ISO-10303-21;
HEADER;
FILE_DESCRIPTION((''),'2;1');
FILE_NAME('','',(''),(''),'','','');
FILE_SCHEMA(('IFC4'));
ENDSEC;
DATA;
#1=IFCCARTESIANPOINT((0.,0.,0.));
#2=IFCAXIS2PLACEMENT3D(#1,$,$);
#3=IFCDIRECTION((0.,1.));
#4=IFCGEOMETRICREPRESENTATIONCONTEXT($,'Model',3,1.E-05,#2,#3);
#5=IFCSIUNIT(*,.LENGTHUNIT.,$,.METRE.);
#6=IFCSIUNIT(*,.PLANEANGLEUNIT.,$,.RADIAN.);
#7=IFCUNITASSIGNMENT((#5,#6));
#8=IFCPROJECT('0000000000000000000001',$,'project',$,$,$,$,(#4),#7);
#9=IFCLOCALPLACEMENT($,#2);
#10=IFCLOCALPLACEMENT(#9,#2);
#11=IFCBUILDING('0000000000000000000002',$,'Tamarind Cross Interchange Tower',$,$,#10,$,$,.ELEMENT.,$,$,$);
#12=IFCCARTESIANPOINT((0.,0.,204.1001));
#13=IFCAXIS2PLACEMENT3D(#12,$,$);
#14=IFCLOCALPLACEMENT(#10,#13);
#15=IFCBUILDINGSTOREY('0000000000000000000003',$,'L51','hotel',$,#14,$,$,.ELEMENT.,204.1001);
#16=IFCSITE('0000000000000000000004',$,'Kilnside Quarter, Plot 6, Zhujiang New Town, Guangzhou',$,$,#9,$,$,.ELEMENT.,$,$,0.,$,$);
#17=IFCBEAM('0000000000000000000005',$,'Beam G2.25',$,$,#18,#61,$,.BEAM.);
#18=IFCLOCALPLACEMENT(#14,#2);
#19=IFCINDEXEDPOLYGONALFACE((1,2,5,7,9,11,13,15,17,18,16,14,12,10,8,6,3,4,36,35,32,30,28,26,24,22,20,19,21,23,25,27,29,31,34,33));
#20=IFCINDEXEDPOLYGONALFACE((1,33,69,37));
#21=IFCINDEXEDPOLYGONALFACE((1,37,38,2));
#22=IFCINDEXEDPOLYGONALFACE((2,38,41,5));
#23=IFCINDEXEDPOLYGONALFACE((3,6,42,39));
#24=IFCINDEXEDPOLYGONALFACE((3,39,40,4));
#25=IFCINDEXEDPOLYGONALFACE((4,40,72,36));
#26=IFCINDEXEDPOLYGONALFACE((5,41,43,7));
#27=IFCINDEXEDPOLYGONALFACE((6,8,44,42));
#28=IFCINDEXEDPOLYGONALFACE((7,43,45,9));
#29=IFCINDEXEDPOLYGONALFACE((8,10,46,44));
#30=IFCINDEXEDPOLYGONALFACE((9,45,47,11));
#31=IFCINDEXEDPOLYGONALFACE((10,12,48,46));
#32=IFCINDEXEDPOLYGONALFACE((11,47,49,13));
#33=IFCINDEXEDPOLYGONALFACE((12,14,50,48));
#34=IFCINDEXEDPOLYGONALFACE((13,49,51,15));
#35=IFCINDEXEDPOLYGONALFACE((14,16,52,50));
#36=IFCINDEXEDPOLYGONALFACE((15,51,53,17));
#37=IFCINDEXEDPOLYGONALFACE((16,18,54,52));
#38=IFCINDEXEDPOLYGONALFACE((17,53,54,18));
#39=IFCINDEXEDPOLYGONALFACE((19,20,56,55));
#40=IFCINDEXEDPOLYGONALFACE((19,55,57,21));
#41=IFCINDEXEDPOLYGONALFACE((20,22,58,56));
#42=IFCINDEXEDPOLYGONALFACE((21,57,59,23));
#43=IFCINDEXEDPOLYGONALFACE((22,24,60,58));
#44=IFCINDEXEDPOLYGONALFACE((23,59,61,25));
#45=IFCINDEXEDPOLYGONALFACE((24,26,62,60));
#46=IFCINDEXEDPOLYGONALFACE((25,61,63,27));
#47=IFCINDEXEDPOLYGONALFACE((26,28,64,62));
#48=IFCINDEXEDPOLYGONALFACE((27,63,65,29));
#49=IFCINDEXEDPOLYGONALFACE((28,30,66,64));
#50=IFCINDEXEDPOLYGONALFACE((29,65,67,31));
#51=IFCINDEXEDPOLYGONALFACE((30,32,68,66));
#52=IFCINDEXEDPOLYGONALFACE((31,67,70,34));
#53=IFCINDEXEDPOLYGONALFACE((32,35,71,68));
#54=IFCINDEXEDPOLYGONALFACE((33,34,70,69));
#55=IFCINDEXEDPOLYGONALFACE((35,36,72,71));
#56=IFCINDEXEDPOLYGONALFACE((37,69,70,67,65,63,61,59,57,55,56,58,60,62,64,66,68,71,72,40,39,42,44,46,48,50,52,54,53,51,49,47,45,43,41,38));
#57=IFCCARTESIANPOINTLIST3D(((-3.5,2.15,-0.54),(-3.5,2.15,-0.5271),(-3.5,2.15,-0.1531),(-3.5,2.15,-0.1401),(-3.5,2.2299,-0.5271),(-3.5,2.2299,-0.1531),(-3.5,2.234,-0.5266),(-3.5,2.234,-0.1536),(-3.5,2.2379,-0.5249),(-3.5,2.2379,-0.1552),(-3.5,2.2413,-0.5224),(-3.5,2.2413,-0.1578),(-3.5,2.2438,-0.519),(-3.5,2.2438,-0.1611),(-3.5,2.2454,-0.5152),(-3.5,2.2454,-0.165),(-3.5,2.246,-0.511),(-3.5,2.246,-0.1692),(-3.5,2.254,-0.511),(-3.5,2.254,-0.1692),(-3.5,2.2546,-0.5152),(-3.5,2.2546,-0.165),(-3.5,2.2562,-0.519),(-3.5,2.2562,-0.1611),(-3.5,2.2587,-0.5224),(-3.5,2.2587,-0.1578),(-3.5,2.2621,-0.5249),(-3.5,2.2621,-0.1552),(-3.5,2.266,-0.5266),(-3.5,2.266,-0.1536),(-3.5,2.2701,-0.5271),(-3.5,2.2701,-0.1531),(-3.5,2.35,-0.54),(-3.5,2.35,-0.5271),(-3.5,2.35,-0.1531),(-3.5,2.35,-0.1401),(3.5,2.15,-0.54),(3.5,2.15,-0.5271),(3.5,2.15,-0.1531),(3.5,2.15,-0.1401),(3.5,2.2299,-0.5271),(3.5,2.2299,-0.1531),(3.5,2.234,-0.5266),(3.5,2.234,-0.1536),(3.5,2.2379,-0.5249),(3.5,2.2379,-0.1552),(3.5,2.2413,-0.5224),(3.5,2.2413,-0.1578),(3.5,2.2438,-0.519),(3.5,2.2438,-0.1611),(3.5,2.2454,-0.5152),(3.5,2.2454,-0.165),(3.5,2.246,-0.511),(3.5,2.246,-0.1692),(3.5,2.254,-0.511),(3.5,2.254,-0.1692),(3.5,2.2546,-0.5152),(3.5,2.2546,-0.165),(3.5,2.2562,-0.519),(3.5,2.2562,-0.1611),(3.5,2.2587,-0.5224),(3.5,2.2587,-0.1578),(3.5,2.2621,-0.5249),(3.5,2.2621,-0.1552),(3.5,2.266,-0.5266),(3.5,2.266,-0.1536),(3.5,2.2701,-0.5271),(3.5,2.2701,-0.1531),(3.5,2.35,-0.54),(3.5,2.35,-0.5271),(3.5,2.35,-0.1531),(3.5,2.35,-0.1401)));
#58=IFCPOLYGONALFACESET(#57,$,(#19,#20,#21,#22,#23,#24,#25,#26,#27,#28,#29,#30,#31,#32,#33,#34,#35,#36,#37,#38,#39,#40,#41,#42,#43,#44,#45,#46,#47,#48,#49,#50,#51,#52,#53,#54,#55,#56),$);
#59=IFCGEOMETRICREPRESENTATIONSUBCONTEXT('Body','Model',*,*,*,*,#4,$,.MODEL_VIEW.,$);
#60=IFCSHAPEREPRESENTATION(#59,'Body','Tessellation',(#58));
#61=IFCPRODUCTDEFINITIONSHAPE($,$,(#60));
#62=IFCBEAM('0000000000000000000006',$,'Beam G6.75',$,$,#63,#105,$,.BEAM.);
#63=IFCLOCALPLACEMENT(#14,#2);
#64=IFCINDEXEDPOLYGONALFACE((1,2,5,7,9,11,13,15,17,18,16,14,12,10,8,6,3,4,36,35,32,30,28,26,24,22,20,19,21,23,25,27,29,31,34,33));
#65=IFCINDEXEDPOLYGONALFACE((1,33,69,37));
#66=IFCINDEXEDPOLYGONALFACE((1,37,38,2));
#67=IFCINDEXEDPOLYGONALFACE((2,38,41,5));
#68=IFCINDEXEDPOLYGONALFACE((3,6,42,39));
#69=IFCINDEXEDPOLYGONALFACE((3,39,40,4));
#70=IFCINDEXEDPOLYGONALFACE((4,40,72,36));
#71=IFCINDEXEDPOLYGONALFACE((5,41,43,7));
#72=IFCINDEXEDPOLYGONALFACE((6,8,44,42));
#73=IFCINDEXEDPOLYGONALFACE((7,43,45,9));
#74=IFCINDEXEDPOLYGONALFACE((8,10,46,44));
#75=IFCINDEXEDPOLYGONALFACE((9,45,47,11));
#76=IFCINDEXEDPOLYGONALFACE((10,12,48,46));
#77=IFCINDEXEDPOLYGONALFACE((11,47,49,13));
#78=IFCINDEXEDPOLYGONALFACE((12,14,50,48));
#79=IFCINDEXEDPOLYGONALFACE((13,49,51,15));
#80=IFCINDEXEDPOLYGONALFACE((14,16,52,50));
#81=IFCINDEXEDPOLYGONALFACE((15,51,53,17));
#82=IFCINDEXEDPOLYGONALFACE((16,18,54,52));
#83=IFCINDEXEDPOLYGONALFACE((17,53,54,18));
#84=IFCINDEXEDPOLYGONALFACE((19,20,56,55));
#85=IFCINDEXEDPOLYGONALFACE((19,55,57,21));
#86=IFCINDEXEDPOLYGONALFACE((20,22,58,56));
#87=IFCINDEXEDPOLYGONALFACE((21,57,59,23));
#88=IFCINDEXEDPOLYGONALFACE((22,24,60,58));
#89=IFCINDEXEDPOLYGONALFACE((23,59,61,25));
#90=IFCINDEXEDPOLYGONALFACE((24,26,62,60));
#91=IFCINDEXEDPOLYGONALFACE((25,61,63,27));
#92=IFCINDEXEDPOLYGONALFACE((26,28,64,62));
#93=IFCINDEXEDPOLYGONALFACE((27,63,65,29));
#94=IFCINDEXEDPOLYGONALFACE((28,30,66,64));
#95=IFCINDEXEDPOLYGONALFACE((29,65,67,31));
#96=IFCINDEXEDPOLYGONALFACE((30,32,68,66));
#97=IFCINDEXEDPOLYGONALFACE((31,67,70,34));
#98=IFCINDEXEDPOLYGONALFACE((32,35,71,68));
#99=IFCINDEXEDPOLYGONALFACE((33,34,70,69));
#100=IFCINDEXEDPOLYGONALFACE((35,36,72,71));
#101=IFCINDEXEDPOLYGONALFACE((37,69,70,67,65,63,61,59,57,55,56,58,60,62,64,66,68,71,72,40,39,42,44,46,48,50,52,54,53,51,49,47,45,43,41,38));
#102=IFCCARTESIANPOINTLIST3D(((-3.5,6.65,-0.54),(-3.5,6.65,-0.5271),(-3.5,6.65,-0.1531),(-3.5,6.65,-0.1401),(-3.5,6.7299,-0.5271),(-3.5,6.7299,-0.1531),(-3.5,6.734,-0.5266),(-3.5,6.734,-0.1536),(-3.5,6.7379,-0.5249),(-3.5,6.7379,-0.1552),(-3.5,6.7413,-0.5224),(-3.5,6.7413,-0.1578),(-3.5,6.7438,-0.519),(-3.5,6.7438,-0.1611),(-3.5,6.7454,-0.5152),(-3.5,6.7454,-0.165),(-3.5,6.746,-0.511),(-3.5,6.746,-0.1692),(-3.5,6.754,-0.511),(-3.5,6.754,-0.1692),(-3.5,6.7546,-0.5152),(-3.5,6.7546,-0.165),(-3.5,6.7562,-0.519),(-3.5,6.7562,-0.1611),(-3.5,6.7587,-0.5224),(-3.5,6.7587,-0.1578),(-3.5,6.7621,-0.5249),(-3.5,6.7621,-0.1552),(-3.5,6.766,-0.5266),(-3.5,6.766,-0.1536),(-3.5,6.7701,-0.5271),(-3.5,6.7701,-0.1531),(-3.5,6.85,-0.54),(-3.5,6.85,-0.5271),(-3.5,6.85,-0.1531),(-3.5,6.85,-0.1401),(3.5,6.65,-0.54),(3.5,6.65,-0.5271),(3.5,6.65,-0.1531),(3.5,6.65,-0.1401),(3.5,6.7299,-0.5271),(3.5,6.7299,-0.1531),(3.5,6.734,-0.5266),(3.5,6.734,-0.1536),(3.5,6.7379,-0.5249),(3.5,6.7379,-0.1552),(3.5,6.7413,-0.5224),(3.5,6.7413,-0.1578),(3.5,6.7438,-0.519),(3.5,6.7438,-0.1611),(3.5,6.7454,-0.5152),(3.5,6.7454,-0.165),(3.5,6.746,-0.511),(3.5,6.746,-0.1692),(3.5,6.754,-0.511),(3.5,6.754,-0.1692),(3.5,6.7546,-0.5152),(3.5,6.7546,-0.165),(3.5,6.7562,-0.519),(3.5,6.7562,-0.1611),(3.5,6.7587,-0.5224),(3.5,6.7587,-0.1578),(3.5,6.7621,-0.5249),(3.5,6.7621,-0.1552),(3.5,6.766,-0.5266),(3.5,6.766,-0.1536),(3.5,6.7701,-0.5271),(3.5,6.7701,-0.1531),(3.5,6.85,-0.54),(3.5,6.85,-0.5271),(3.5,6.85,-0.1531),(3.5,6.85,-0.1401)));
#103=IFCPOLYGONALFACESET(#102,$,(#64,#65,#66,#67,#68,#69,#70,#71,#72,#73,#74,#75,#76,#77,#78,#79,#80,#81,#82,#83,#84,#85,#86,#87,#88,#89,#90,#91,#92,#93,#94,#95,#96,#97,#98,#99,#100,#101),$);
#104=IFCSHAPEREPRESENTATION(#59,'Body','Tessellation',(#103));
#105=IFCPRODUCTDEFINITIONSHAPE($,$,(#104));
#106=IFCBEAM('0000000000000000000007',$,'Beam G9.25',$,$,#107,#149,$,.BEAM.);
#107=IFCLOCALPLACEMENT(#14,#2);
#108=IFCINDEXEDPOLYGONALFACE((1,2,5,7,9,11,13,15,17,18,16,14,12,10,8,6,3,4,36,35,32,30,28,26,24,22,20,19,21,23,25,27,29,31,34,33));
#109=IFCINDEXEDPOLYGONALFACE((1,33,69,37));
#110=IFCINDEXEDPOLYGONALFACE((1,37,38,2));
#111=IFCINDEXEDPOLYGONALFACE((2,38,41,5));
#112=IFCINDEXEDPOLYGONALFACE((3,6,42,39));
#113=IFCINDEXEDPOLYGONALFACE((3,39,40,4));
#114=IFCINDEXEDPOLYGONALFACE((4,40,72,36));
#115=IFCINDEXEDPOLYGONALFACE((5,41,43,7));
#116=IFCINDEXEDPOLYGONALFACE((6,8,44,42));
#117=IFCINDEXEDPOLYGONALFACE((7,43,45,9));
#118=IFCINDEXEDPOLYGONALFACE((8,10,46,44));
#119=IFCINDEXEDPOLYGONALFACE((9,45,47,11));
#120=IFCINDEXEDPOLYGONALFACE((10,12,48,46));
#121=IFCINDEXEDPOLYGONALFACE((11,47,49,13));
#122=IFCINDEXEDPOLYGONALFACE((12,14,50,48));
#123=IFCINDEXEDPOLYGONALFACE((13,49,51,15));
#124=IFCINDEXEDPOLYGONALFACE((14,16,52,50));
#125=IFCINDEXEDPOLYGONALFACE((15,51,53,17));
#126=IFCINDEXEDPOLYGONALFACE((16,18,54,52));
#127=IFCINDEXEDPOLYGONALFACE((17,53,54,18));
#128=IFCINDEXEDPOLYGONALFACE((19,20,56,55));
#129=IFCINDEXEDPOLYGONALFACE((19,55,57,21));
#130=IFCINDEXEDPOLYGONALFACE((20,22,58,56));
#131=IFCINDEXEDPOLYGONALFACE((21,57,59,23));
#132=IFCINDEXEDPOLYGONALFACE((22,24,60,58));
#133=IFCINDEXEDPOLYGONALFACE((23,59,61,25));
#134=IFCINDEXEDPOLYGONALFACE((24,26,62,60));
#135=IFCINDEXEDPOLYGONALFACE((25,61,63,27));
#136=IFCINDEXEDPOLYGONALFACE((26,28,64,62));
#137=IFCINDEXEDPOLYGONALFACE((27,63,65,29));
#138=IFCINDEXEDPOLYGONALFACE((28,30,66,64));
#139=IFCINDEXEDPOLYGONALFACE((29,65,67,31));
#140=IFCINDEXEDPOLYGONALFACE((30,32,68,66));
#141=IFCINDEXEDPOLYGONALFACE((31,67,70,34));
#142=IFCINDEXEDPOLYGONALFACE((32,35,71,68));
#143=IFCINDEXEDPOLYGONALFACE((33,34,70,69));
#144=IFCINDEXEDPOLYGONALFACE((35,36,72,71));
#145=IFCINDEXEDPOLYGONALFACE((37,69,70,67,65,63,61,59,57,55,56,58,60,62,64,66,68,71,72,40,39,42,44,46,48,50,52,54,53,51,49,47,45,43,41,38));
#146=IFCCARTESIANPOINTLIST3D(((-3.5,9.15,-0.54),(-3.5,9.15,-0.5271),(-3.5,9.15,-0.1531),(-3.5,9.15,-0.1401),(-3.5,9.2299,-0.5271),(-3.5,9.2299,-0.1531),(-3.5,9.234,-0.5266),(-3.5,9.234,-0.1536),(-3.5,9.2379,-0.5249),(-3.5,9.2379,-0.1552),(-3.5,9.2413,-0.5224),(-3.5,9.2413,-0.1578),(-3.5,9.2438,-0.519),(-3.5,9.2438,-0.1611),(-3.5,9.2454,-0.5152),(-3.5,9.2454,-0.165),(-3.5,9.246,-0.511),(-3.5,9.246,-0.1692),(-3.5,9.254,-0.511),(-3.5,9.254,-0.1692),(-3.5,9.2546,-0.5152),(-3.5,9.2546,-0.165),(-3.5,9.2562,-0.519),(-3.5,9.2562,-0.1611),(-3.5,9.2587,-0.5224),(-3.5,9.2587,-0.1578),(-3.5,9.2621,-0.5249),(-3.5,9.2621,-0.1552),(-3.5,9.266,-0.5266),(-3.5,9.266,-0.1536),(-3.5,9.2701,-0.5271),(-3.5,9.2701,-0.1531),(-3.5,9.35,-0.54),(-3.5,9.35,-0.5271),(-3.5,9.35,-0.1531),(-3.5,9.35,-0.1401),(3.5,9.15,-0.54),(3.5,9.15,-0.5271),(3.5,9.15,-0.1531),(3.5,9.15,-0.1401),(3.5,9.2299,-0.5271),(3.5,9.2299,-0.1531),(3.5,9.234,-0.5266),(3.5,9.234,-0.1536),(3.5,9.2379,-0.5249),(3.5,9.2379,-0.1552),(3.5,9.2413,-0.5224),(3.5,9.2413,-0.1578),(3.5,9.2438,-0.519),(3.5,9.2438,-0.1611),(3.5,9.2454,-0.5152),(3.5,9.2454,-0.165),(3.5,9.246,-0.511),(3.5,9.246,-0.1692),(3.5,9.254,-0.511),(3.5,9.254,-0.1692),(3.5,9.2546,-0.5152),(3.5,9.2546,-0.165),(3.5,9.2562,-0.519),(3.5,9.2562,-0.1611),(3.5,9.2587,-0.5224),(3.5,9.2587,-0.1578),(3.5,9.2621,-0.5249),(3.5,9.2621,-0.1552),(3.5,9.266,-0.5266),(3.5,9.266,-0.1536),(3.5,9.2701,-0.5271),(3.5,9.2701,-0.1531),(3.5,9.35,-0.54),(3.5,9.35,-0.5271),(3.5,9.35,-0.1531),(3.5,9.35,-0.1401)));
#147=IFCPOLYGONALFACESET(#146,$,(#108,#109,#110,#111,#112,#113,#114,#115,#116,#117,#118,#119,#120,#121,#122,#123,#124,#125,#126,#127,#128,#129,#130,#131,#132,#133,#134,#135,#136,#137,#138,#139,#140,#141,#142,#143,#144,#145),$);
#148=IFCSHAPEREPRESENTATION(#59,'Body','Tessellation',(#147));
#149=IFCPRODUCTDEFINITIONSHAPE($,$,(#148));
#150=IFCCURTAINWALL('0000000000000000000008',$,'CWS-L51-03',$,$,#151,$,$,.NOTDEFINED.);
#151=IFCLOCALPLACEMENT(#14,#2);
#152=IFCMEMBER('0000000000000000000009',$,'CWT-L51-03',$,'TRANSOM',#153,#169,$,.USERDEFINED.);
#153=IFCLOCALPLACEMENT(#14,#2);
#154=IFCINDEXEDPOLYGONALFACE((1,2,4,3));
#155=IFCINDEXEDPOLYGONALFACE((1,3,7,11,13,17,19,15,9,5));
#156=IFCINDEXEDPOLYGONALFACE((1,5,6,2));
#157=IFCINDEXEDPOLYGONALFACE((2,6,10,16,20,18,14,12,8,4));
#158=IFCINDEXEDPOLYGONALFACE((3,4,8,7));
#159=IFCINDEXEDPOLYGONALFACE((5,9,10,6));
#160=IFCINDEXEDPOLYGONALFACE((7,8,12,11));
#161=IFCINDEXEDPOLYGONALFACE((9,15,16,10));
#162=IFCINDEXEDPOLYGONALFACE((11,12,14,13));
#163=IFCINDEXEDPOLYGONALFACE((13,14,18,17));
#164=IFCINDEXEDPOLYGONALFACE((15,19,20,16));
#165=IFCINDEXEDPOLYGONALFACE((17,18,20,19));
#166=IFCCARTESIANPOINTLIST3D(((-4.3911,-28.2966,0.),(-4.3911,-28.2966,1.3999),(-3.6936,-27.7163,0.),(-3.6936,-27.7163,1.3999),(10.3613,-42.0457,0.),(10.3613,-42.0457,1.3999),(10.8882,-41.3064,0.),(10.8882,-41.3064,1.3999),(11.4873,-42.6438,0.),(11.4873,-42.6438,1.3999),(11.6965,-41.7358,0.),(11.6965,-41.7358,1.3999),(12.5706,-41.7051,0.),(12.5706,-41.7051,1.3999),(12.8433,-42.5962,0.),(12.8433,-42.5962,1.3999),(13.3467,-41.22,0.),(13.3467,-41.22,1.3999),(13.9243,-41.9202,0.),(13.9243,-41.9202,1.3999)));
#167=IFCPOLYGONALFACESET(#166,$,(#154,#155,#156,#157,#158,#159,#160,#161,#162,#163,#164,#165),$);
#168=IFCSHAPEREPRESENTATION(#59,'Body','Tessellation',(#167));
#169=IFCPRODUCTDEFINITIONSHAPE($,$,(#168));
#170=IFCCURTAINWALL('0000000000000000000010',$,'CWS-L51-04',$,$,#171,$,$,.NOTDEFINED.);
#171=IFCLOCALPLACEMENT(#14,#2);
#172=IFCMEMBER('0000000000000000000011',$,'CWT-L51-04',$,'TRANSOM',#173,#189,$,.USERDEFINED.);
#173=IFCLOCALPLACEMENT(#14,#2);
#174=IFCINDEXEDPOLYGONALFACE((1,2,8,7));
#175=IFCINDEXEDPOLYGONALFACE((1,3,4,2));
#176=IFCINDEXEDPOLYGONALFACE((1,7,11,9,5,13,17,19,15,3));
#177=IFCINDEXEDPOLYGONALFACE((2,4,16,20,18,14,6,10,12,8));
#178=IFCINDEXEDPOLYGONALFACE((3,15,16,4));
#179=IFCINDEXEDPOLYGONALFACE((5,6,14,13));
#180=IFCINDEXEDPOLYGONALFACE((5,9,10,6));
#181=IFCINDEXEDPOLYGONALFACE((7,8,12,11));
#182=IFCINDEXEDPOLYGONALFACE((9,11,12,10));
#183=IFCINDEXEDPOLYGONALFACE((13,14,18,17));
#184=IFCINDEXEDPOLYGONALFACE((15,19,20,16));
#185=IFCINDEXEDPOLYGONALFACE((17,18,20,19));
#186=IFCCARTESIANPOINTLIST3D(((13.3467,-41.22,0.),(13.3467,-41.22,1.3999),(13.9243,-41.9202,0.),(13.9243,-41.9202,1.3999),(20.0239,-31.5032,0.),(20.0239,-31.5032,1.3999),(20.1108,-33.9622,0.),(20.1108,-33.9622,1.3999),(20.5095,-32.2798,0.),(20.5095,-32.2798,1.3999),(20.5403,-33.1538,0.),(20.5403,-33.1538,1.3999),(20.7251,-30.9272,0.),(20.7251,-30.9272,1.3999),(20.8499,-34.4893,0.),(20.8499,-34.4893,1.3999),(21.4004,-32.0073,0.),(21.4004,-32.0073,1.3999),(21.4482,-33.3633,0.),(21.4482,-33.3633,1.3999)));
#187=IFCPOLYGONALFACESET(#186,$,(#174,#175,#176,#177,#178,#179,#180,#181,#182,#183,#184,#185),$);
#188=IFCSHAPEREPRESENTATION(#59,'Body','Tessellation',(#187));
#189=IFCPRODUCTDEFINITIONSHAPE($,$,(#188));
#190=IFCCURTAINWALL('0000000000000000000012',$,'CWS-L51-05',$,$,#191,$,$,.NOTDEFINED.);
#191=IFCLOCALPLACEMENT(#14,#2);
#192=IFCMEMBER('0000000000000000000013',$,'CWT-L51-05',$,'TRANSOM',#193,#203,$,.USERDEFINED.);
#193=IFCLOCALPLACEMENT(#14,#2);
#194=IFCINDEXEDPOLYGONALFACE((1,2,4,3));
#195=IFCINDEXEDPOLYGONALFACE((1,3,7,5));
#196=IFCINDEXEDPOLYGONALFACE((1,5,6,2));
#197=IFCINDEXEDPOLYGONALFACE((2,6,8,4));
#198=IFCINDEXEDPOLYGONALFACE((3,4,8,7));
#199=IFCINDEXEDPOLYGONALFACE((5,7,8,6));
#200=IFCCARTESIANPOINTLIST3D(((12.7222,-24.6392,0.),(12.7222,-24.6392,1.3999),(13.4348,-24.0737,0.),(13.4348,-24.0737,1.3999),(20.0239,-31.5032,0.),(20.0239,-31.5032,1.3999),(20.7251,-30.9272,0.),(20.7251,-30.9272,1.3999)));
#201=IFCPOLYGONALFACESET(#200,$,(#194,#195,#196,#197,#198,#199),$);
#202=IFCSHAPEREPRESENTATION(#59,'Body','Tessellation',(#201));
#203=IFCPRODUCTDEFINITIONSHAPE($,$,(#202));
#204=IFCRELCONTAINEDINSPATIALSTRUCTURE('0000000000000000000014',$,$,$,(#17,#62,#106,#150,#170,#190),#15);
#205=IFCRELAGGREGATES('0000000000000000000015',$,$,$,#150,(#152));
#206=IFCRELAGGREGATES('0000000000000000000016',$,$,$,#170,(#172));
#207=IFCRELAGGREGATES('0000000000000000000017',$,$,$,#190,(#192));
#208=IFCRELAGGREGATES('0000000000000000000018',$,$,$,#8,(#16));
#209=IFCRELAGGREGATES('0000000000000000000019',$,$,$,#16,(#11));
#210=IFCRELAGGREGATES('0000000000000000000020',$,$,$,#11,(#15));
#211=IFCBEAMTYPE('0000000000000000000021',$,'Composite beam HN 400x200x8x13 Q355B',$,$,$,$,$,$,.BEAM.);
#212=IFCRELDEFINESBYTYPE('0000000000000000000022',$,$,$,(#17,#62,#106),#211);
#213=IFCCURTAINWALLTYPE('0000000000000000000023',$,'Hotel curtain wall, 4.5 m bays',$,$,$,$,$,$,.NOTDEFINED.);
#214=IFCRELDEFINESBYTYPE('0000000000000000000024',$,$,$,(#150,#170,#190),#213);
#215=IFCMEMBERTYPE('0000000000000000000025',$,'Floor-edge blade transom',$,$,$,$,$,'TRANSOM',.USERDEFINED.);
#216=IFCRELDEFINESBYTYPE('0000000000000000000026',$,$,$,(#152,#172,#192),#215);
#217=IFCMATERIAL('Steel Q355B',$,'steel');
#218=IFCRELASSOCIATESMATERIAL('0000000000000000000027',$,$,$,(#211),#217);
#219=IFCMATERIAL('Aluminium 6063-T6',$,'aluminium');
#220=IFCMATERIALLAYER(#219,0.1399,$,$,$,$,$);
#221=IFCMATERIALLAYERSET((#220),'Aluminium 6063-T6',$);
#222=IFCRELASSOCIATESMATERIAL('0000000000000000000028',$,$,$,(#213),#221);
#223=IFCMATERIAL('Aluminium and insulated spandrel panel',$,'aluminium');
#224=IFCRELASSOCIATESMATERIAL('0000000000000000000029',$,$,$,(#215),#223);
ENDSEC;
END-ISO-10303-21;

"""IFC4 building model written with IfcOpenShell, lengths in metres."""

from ifc_helpers import new_model, si_unit, direction, frame, origin, origin_2d, place, context, subcontext, project, spatial, polyline, i_section, outline, extrude, material, layer, layer_set, material_profile, profile_set, type_object, element, aggregate, save


model = new_model("IFC4")

# Units and contexts
model_context = context("Model", 3, precision=1e-05, world=origin(), true_north=direction((0.0, 1.0)))
body_context = subcontext(model_context, "Body", "Model", "MODEL_VIEW")
ifc_project = project(units=[si_unit("LENGTHUNIT", "METRE"), si_unit("PLANEANGLEUNIT", "RADIAN")], contexts=[model_context])

# Site, building, storey
site_placement = place(None, origin())
site = spatial("IfcSite", under=ifc_project, at=site_placement, Name="Kilnside Quarter, Plot 6, Zhujiang New Town, Guangzhou", CompositionType="ELEMENT", RefElevation=0.0)
building_placement = place(site_placement, origin())
building = spatial("IfcBuilding", under=site, at=building_placement, Name="Tamarind Cross Interchange Tower", CompositionType="ELEMENT")
storey_placement = place(building_placement, frame((0.0, 0.0, 204.1001)))
storey = spatial("IfcBuildingStorey", under=building, at=storey_placement, Name="L51", Description="hotel", CompositionType="ELEMENT", Elevation=204.1001)

# Beams
ifc_material_1 = material(Name="Steel Q355B", Category="steel")
ifc_material_profile = material_profile(ifc_material_1, i_section(OverallWidth=0.2, OverallDepth=0.3999, WebThickness=0.0081, FlangeThickness=0.0129, FilletRadius=0.0161, at=origin_2d()), Name="HN 400x200x8x13")
ifc_profile_set = profile_set([ifc_material_profile], Name="Steel Q355B")
beam_type = type_object("IfcBeamType", Name="Composite beam HN 400x200x8x13 Q355B", PredefinedType="BEAM", material=ifc_profile_set)
for number, where, z_axis, x_axis, name in (
    (1, (-3.5, 2.25, -0.3401), (1.0, 0.0, 0.0), (0.0, 1.0, 0.0), "Beam G2.25"),
    (2, (-3.5, 6.75, -0.3401), (1.0, 0.0, 0.0), (0.0, 1.0, 0.0), "Beam G6.75"),
    (3, (-3.5, 9.25, -0.3401), (1.0, 0.0, 0.0), (0.0, 1.0, 0.0), "Beam G9.25"),
):
    element("IfcBeam", number, at=place(storey_placement, frame(where, z_axis=z_axis, x_axis=x_axis)), inside=storey, type_object=beam_type, Name=name, PredefinedType="BEAM", context=body_context, shape_type="SweptSolid", body=[
        extrude(i_section(OverallWidth=0.2, OverallDepth=0.3999, WebThickness=0.0081, FlangeThickness=0.0129, FilletRadius=0.0161, at=origin_2d()), origin(), (0.0, 0.0, 1.0), 7.0),
    ])

# Curtain walls, members
ifc_material_2 = material(Name="Aluminium 6063-T6", Category="aluminium")
ifc_layer_1 = layer(ifc_material_2, 0.1399)
ifc_layer_set_1 = layer_set([ifc_layer_1], Name="Aluminium 6063-T6")
curtain_wall_type = type_object("IfcCurtainWallType", Name="Hotel curtain wall, 4.5 m bays", PredefinedType="NOTDEFINED", material=ifc_layer_set_1)
curtain_wall_1_placement = place(storey_placement, origin())
curtain_wall_1 = element("IfcCurtainWall", 4, at=curtain_wall_1_placement, inside=storey, type_object=curtain_wall_type, Name="CWS-L51-03", PredefinedType="NOTDEFINED")
ifc_material_3 = material(Name="Aluminium and insulated spandrel panel", Category="aluminium")
member_type = type_object("IfcMemberType", Name="Floor-edge blade transom", ElementType="TRANSOM", PredefinedType="USERDEFINED", material=ifc_material_3)
member_1_placement = place(storey_placement, origin())
member_1 = element("IfcMember", 5, at=member_1_placement, type_object=member_type, Name="CWT-L51-03", ObjectType="TRANSOM", PredefinedType="USERDEFINED", context=body_context, shape_type="SweptSolid", body=[
    extrude(outline(polyline([(-3.6936, -27.7163), (10.8882, -41.3064), (11.6965, -41.7358), (12.5706, -41.7051), (13.3467, -41.22), (13.9243, -41.9202), (12.8433, -42.5962), (11.4873, -42.6438), (10.3613, -42.0457), (-4.3911, -28.2966), (-3.6936, -27.7163)])), origin(), (0.0, 0.0, 1.0), 1.3999),
])
curtain_wall_2_placement = place(storey_placement, origin())
curtain_wall_2 = element("IfcCurtainWall", 6, at=curtain_wall_2_placement, inside=storey, type_object=curtain_wall_type, Name="CWS-L51-04", PredefinedType="NOTDEFINED")
member_2_placement = place(storey_placement, origin())
member_2 = element("IfcMember", 7, at=member_2_placement, type_object=member_type, Name="CWT-L51-04", ObjectType="TRANSOM", PredefinedType="USERDEFINED", context=body_context, shape_type="SweptSolid", body=[
    extrude(outline(polyline([(13.3467, -41.22), (20.1108, -33.9622), (20.5403, -33.1538), (20.5095, -32.2798), (20.0239, -31.5032), (20.7251, -30.9272), (21.4004, -32.0073), (21.4482, -33.3633), (20.8499, -34.4893), (13.9243, -41.9202), (13.3467, -41.22)])), origin(), (0.0, 0.0, 1.0), 1.3999),
])
curtain_wall_3_placement = place(storey_placement, origin())
curtain_wall_3 = element("IfcCurtainWall", 8, at=curtain_wall_3_placement, inside=storey, type_object=curtain_wall_type, Name="CWS-L51-05", PredefinedType="NOTDEFINED")
member_3_placement = place(storey_placement, origin())
member_3 = element("IfcMember", 9, at=member_3_placement, type_object=member_type, Name="CWT-L51-05", ObjectType="TRANSOM", PredefinedType="USERDEFINED", context=body_context, shape_type="SweptSolid", body=[
    extrude(outline(polyline([(20.0239, -31.5032), (12.7222, -24.6392), (13.4348, -24.0737), (20.7251, -30.9272), (20.0239, -31.5032)])), origin(), (0.0, 0.0, 1.0), 1.3999),
])

aggregate(curtain_wall_1, [member_1])
aggregate(curtain_wall_2, [member_2])
aggregate(curtain_wall_3, [member_3])

save(model, "model.ifc")
